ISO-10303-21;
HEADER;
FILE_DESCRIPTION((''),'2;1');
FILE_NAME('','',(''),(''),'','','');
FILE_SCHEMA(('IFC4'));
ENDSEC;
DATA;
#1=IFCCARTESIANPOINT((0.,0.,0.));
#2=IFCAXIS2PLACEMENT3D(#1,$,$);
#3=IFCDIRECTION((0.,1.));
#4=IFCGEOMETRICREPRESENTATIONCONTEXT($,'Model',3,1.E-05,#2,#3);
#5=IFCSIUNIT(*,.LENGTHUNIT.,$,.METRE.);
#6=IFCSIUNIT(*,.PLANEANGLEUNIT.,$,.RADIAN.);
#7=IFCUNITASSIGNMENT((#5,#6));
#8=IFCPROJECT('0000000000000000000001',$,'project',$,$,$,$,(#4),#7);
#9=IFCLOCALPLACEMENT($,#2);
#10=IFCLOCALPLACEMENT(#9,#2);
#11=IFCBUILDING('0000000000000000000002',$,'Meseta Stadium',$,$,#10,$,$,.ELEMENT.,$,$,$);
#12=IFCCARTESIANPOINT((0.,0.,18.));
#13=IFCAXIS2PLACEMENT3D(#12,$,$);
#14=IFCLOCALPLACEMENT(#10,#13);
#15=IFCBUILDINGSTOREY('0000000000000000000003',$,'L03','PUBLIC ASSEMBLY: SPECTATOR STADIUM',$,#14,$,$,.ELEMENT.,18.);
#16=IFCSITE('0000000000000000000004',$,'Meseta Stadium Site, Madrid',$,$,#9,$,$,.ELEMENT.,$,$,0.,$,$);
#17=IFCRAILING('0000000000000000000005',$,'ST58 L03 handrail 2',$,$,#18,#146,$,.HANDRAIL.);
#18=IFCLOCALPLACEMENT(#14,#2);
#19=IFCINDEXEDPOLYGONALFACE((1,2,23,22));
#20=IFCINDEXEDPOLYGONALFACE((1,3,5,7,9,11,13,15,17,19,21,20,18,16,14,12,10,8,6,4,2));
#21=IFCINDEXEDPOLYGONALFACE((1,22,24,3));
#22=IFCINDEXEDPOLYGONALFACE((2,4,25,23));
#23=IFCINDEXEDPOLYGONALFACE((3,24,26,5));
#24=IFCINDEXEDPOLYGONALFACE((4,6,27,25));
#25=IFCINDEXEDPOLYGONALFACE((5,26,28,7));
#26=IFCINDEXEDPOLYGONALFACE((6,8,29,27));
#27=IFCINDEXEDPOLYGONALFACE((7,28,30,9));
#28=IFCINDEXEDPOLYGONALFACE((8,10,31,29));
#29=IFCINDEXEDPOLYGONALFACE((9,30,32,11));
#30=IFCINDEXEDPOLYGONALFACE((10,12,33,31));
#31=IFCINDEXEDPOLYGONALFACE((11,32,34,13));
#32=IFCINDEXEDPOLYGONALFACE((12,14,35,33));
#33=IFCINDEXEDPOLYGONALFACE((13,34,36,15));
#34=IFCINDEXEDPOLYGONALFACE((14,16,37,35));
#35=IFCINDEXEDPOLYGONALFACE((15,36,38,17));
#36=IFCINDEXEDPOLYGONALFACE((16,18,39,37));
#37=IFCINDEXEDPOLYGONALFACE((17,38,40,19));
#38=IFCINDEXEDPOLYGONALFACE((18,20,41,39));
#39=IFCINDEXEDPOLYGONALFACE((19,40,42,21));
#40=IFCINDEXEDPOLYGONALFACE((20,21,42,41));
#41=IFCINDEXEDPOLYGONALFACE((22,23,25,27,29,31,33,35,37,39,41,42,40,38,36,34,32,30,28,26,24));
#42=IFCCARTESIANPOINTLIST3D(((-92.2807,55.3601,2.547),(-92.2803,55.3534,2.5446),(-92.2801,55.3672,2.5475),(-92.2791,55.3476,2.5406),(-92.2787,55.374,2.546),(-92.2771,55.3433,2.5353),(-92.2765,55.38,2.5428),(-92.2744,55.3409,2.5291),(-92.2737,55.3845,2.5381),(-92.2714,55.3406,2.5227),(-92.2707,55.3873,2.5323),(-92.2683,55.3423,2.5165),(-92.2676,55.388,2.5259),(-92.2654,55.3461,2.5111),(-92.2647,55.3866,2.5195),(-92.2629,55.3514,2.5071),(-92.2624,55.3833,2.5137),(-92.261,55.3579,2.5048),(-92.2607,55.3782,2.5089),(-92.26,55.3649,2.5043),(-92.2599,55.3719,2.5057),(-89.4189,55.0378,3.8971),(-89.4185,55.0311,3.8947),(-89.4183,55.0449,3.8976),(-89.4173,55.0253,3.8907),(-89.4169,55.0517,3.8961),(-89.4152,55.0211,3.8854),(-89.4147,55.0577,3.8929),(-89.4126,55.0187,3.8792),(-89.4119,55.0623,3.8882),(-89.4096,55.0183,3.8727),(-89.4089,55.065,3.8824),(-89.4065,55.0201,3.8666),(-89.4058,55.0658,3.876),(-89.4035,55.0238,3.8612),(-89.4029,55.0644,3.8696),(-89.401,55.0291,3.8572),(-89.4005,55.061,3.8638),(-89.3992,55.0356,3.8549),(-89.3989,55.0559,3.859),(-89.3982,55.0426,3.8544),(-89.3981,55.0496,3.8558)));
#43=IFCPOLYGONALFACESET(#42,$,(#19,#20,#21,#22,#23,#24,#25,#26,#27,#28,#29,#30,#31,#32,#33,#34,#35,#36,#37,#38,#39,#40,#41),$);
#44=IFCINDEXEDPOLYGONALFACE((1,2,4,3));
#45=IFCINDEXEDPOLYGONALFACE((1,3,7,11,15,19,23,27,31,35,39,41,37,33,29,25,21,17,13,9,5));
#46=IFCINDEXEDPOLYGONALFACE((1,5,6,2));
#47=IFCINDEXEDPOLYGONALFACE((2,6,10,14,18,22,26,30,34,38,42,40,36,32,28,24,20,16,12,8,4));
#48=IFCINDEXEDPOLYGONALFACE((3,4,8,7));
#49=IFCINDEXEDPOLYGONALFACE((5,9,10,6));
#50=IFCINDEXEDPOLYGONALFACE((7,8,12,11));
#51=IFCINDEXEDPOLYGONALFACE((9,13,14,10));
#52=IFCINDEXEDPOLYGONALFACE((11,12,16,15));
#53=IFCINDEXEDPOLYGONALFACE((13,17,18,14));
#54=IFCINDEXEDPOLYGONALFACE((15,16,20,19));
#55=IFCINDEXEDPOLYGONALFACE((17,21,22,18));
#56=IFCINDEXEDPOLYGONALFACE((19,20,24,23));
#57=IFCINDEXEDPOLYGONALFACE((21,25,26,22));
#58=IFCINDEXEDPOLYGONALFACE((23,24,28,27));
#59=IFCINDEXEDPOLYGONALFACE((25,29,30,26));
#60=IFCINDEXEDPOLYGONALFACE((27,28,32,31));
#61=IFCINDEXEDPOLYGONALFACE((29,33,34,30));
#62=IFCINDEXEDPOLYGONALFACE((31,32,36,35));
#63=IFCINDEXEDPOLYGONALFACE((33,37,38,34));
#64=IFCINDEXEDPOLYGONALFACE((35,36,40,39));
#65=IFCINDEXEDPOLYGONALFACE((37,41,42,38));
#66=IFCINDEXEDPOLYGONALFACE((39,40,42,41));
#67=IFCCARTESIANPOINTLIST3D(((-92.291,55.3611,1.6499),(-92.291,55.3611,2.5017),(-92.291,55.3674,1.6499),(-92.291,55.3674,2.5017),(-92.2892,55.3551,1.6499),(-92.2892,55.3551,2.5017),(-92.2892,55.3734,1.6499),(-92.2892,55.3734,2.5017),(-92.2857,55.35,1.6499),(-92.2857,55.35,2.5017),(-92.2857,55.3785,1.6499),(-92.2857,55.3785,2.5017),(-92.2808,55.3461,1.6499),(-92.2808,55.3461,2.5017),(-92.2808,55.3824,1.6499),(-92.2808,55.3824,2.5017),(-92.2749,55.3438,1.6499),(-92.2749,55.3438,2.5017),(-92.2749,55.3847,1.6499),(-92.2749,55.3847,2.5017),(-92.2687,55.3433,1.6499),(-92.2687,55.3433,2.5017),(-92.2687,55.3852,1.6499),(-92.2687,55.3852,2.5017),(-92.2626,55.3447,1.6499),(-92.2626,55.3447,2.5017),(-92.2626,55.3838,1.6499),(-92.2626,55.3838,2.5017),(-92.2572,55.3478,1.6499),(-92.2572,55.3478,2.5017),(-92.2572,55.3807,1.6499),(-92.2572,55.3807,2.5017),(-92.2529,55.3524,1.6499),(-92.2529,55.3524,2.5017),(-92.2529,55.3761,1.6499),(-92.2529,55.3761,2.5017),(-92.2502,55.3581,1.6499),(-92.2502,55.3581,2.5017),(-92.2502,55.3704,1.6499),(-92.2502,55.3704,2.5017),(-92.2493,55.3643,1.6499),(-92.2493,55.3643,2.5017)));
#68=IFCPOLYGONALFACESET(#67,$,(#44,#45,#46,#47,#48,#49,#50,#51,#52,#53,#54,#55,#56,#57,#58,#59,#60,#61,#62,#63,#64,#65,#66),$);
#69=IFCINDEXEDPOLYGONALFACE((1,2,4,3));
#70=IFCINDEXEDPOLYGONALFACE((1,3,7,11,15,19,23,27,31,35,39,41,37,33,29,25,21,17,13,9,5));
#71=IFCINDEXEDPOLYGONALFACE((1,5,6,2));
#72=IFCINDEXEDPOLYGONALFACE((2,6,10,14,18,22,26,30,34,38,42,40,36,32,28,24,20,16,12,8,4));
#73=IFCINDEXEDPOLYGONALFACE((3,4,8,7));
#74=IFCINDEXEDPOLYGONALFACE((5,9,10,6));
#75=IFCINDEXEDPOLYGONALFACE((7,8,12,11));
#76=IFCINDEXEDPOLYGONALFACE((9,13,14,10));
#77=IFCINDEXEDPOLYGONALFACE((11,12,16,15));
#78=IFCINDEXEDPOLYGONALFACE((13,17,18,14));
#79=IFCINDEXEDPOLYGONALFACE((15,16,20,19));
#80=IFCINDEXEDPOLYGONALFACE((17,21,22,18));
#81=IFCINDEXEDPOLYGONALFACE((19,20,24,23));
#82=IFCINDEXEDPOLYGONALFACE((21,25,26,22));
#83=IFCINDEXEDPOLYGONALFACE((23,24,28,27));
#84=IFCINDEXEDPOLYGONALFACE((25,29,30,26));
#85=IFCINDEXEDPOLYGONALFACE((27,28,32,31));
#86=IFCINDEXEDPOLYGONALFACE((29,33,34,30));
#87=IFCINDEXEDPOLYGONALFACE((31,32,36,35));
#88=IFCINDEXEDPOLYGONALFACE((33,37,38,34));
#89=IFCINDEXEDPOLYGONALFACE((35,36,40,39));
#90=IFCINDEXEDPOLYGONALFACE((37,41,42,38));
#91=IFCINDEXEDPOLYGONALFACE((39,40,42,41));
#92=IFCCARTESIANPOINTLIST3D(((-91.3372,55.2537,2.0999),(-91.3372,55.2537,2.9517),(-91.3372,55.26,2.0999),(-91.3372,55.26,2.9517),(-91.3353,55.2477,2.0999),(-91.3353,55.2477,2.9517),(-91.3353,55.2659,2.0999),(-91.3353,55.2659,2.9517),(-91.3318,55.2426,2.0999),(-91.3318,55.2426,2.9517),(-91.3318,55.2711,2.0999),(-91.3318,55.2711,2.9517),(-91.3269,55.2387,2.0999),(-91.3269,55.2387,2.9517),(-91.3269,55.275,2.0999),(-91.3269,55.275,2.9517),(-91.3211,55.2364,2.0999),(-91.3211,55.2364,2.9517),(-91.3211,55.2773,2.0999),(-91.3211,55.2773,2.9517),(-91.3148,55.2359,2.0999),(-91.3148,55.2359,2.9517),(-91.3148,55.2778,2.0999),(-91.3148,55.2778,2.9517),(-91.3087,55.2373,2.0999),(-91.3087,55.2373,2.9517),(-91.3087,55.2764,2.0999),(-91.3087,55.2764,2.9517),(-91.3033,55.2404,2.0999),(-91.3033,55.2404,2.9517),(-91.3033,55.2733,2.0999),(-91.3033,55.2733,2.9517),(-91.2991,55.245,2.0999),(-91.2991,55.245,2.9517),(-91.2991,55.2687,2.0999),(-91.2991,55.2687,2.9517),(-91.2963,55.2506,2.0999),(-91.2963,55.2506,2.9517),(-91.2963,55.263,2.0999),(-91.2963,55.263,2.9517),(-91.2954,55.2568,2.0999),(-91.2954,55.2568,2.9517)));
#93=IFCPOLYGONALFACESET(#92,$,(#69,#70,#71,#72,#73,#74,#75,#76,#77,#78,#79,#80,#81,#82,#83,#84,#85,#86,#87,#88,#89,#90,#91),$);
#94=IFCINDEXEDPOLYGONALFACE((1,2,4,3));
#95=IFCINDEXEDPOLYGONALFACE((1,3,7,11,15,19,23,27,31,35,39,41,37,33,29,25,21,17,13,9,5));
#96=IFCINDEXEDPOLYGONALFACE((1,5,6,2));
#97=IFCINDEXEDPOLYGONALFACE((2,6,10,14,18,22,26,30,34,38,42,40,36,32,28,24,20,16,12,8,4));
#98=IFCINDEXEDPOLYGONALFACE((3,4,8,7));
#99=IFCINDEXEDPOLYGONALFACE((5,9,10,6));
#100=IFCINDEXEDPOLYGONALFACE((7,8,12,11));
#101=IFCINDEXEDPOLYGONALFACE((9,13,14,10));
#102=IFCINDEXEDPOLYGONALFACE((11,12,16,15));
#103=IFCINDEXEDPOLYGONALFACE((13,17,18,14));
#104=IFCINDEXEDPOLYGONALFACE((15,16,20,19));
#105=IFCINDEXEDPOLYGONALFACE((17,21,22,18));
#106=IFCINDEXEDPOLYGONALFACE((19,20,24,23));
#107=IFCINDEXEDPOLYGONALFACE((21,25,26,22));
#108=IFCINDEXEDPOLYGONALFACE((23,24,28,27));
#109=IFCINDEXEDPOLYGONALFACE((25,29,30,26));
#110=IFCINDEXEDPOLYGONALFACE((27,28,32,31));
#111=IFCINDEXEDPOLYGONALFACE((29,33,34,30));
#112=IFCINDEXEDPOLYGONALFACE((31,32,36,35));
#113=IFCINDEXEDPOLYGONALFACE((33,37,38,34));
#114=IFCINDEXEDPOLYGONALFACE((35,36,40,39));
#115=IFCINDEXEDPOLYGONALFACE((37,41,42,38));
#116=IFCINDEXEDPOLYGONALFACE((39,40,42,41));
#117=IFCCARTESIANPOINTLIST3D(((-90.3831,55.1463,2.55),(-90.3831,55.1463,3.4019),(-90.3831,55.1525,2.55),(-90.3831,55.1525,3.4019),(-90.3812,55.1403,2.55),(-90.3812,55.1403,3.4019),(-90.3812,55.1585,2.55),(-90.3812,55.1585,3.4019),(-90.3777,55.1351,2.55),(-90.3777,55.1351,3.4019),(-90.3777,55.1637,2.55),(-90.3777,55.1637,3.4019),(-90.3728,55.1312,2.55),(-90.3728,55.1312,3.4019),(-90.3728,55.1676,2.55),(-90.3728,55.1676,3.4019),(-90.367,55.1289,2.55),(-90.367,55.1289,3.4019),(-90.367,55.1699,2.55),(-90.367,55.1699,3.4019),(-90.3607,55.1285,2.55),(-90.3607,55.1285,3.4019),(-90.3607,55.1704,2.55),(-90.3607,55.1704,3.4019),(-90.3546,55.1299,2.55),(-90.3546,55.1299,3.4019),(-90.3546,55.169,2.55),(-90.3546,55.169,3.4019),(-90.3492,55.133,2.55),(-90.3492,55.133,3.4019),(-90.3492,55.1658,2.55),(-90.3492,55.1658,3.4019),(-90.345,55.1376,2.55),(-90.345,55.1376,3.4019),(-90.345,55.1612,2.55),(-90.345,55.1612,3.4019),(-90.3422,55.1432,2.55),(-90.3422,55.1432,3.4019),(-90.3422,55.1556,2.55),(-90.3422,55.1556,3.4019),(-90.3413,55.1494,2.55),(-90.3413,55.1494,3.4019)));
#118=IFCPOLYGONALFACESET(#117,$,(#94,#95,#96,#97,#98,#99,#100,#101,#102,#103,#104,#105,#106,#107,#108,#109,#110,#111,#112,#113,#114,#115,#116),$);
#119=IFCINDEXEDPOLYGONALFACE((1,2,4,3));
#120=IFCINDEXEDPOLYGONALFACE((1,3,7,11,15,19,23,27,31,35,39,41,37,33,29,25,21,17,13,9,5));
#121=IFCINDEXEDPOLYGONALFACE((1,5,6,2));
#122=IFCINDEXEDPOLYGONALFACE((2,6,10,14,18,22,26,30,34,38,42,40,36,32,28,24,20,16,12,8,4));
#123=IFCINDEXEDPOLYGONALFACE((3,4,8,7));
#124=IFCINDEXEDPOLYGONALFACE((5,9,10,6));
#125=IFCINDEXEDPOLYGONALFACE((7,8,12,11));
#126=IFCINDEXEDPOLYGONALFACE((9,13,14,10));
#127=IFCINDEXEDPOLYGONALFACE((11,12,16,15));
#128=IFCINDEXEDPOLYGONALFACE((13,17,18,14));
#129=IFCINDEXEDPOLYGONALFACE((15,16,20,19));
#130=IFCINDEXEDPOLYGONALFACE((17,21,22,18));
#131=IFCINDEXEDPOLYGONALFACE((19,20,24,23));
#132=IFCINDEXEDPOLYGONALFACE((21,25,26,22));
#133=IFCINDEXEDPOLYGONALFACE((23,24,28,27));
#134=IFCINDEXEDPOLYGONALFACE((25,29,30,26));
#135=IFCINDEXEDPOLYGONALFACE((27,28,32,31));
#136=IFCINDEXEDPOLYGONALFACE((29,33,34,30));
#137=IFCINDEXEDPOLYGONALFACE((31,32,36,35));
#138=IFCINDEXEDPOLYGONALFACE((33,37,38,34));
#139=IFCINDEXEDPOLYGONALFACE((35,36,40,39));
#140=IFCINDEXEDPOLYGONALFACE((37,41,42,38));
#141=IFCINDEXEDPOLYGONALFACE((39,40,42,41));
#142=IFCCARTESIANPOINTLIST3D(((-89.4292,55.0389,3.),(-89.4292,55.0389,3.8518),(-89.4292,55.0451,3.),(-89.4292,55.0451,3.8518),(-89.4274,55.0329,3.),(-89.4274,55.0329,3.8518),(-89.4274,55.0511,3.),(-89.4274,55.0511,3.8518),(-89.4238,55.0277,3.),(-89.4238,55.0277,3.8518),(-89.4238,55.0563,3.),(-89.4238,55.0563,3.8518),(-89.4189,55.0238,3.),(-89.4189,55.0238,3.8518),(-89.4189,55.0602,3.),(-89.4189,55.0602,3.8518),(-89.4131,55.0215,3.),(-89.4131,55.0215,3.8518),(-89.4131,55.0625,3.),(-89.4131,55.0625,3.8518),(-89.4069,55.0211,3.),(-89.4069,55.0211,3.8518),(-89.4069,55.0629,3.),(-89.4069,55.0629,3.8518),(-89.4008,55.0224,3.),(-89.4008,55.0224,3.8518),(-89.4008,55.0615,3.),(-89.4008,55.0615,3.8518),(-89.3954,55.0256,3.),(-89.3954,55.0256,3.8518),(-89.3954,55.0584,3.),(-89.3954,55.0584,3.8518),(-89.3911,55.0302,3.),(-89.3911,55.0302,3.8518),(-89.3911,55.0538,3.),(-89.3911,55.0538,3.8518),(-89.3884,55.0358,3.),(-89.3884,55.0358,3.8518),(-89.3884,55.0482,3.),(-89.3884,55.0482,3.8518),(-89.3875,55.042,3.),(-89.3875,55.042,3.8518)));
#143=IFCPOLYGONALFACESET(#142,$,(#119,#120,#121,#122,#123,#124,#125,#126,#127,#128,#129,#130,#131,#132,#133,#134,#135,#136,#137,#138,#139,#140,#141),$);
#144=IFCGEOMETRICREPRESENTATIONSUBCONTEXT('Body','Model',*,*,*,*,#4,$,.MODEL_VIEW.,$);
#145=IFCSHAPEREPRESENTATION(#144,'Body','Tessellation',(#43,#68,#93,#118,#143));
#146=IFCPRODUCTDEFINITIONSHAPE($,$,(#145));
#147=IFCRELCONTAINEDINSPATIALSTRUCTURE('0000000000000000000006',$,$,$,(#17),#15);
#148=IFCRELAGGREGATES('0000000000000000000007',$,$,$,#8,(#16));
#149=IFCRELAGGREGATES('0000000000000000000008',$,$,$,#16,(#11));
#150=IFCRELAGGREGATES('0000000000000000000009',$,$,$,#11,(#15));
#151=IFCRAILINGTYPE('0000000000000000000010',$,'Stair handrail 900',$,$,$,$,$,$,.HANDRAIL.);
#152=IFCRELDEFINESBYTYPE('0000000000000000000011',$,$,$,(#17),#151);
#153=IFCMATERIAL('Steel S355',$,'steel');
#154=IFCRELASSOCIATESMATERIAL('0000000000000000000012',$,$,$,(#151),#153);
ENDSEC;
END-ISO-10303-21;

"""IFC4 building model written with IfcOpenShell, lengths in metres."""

from ifc_helpers import new_model, si_unit, direction, frame, origin, origin_2d, place, context, subcontext, project, spatial, circle, extrude, material, type_object, element, save


model = new_model("IFC4")

# Units and contexts
model_context = context("Model", 3, precision=1e-05, world=origin(), true_north=direction((0.0, 1.0)))
body_context = subcontext(model_context, "Body", "Model", "MODEL_VIEW")
ifc_project = project(units=[si_unit("LENGTHUNIT", "METRE"), si_unit("PLANEANGLEUNIT", "RADIAN")], contexts=[model_context])

# Site, building, storey
site_placement = place(None, origin())
site = spatial("IfcSite", under=ifc_project, at=site_placement, Name="Meseta Stadium Site, Madrid", CompositionType="ELEMENT", RefElevation=0.0)
building_placement = place(site_placement, origin())
building = spatial("IfcBuilding", under=site, at=building_placement, Name="Meseta Stadium", CompositionType="ELEMENT")
storey_placement = place(building_placement, frame((0.0, 0.0, 18.0)))
storey = spatial("IfcBuildingStorey", under=building, at=storey_placement, Name="L03", Description="PUBLIC ASSEMBLY: SPECTATOR STADIUM", CompositionType="ELEMENT", Elevation=18.0)

# Railing
ifc_material_1 = material(Name="Steel S355", Category="steel")
railing_type_1 = type_object("IfcRailingType", Name="Stair handrail 900", PredefinedType="HANDRAIL", material=ifc_material_1)
for number, where, name in (
    (1, (-92.2703, 55.3643, 1.6499), "ST58 L03 handrail 2"),
):
    element("IfcRailing", number, at=place(storey_placement, frame(where)), inside=storey, type_object=railing_type_1, Name=name, PredefinedType="HANDRAIL", context=body_context, shape_type="SweptSolid", body=[
        extrude(circle(Radius=0.0239, at=origin_2d()), frame((0.0, 0.0, 0.876), z_axis=(0.899755, -0.10132, 0.424471), x_axis=(0.111902, 0.993719, 0.0)), (0.0, 0.0, 1.0), 3.1807),
        extrude(circle(Radius=0.021, at=origin_2d()), origin(), (0.0, 0.0, 1.0), 0.8518),
        extrude(circle(Radius=0.021, at=origin_2d()), frame((0.9539, -0.1074, 0.45)), (0.0, 0.0, 1.0), 0.8518),
        extrude(circle(Radius=0.021, at=origin_2d()), frame((1.908, -0.2148, 0.9001)), (0.0, 0.0, 1.0), 0.8518),
        extrude(circle(Radius=0.021, at=origin_2d()), frame((2.8618, -0.3223, 1.3501)), (0.0, 0.0, 1.0), 0.8518),
    ])

save(model, "model.ifc")
